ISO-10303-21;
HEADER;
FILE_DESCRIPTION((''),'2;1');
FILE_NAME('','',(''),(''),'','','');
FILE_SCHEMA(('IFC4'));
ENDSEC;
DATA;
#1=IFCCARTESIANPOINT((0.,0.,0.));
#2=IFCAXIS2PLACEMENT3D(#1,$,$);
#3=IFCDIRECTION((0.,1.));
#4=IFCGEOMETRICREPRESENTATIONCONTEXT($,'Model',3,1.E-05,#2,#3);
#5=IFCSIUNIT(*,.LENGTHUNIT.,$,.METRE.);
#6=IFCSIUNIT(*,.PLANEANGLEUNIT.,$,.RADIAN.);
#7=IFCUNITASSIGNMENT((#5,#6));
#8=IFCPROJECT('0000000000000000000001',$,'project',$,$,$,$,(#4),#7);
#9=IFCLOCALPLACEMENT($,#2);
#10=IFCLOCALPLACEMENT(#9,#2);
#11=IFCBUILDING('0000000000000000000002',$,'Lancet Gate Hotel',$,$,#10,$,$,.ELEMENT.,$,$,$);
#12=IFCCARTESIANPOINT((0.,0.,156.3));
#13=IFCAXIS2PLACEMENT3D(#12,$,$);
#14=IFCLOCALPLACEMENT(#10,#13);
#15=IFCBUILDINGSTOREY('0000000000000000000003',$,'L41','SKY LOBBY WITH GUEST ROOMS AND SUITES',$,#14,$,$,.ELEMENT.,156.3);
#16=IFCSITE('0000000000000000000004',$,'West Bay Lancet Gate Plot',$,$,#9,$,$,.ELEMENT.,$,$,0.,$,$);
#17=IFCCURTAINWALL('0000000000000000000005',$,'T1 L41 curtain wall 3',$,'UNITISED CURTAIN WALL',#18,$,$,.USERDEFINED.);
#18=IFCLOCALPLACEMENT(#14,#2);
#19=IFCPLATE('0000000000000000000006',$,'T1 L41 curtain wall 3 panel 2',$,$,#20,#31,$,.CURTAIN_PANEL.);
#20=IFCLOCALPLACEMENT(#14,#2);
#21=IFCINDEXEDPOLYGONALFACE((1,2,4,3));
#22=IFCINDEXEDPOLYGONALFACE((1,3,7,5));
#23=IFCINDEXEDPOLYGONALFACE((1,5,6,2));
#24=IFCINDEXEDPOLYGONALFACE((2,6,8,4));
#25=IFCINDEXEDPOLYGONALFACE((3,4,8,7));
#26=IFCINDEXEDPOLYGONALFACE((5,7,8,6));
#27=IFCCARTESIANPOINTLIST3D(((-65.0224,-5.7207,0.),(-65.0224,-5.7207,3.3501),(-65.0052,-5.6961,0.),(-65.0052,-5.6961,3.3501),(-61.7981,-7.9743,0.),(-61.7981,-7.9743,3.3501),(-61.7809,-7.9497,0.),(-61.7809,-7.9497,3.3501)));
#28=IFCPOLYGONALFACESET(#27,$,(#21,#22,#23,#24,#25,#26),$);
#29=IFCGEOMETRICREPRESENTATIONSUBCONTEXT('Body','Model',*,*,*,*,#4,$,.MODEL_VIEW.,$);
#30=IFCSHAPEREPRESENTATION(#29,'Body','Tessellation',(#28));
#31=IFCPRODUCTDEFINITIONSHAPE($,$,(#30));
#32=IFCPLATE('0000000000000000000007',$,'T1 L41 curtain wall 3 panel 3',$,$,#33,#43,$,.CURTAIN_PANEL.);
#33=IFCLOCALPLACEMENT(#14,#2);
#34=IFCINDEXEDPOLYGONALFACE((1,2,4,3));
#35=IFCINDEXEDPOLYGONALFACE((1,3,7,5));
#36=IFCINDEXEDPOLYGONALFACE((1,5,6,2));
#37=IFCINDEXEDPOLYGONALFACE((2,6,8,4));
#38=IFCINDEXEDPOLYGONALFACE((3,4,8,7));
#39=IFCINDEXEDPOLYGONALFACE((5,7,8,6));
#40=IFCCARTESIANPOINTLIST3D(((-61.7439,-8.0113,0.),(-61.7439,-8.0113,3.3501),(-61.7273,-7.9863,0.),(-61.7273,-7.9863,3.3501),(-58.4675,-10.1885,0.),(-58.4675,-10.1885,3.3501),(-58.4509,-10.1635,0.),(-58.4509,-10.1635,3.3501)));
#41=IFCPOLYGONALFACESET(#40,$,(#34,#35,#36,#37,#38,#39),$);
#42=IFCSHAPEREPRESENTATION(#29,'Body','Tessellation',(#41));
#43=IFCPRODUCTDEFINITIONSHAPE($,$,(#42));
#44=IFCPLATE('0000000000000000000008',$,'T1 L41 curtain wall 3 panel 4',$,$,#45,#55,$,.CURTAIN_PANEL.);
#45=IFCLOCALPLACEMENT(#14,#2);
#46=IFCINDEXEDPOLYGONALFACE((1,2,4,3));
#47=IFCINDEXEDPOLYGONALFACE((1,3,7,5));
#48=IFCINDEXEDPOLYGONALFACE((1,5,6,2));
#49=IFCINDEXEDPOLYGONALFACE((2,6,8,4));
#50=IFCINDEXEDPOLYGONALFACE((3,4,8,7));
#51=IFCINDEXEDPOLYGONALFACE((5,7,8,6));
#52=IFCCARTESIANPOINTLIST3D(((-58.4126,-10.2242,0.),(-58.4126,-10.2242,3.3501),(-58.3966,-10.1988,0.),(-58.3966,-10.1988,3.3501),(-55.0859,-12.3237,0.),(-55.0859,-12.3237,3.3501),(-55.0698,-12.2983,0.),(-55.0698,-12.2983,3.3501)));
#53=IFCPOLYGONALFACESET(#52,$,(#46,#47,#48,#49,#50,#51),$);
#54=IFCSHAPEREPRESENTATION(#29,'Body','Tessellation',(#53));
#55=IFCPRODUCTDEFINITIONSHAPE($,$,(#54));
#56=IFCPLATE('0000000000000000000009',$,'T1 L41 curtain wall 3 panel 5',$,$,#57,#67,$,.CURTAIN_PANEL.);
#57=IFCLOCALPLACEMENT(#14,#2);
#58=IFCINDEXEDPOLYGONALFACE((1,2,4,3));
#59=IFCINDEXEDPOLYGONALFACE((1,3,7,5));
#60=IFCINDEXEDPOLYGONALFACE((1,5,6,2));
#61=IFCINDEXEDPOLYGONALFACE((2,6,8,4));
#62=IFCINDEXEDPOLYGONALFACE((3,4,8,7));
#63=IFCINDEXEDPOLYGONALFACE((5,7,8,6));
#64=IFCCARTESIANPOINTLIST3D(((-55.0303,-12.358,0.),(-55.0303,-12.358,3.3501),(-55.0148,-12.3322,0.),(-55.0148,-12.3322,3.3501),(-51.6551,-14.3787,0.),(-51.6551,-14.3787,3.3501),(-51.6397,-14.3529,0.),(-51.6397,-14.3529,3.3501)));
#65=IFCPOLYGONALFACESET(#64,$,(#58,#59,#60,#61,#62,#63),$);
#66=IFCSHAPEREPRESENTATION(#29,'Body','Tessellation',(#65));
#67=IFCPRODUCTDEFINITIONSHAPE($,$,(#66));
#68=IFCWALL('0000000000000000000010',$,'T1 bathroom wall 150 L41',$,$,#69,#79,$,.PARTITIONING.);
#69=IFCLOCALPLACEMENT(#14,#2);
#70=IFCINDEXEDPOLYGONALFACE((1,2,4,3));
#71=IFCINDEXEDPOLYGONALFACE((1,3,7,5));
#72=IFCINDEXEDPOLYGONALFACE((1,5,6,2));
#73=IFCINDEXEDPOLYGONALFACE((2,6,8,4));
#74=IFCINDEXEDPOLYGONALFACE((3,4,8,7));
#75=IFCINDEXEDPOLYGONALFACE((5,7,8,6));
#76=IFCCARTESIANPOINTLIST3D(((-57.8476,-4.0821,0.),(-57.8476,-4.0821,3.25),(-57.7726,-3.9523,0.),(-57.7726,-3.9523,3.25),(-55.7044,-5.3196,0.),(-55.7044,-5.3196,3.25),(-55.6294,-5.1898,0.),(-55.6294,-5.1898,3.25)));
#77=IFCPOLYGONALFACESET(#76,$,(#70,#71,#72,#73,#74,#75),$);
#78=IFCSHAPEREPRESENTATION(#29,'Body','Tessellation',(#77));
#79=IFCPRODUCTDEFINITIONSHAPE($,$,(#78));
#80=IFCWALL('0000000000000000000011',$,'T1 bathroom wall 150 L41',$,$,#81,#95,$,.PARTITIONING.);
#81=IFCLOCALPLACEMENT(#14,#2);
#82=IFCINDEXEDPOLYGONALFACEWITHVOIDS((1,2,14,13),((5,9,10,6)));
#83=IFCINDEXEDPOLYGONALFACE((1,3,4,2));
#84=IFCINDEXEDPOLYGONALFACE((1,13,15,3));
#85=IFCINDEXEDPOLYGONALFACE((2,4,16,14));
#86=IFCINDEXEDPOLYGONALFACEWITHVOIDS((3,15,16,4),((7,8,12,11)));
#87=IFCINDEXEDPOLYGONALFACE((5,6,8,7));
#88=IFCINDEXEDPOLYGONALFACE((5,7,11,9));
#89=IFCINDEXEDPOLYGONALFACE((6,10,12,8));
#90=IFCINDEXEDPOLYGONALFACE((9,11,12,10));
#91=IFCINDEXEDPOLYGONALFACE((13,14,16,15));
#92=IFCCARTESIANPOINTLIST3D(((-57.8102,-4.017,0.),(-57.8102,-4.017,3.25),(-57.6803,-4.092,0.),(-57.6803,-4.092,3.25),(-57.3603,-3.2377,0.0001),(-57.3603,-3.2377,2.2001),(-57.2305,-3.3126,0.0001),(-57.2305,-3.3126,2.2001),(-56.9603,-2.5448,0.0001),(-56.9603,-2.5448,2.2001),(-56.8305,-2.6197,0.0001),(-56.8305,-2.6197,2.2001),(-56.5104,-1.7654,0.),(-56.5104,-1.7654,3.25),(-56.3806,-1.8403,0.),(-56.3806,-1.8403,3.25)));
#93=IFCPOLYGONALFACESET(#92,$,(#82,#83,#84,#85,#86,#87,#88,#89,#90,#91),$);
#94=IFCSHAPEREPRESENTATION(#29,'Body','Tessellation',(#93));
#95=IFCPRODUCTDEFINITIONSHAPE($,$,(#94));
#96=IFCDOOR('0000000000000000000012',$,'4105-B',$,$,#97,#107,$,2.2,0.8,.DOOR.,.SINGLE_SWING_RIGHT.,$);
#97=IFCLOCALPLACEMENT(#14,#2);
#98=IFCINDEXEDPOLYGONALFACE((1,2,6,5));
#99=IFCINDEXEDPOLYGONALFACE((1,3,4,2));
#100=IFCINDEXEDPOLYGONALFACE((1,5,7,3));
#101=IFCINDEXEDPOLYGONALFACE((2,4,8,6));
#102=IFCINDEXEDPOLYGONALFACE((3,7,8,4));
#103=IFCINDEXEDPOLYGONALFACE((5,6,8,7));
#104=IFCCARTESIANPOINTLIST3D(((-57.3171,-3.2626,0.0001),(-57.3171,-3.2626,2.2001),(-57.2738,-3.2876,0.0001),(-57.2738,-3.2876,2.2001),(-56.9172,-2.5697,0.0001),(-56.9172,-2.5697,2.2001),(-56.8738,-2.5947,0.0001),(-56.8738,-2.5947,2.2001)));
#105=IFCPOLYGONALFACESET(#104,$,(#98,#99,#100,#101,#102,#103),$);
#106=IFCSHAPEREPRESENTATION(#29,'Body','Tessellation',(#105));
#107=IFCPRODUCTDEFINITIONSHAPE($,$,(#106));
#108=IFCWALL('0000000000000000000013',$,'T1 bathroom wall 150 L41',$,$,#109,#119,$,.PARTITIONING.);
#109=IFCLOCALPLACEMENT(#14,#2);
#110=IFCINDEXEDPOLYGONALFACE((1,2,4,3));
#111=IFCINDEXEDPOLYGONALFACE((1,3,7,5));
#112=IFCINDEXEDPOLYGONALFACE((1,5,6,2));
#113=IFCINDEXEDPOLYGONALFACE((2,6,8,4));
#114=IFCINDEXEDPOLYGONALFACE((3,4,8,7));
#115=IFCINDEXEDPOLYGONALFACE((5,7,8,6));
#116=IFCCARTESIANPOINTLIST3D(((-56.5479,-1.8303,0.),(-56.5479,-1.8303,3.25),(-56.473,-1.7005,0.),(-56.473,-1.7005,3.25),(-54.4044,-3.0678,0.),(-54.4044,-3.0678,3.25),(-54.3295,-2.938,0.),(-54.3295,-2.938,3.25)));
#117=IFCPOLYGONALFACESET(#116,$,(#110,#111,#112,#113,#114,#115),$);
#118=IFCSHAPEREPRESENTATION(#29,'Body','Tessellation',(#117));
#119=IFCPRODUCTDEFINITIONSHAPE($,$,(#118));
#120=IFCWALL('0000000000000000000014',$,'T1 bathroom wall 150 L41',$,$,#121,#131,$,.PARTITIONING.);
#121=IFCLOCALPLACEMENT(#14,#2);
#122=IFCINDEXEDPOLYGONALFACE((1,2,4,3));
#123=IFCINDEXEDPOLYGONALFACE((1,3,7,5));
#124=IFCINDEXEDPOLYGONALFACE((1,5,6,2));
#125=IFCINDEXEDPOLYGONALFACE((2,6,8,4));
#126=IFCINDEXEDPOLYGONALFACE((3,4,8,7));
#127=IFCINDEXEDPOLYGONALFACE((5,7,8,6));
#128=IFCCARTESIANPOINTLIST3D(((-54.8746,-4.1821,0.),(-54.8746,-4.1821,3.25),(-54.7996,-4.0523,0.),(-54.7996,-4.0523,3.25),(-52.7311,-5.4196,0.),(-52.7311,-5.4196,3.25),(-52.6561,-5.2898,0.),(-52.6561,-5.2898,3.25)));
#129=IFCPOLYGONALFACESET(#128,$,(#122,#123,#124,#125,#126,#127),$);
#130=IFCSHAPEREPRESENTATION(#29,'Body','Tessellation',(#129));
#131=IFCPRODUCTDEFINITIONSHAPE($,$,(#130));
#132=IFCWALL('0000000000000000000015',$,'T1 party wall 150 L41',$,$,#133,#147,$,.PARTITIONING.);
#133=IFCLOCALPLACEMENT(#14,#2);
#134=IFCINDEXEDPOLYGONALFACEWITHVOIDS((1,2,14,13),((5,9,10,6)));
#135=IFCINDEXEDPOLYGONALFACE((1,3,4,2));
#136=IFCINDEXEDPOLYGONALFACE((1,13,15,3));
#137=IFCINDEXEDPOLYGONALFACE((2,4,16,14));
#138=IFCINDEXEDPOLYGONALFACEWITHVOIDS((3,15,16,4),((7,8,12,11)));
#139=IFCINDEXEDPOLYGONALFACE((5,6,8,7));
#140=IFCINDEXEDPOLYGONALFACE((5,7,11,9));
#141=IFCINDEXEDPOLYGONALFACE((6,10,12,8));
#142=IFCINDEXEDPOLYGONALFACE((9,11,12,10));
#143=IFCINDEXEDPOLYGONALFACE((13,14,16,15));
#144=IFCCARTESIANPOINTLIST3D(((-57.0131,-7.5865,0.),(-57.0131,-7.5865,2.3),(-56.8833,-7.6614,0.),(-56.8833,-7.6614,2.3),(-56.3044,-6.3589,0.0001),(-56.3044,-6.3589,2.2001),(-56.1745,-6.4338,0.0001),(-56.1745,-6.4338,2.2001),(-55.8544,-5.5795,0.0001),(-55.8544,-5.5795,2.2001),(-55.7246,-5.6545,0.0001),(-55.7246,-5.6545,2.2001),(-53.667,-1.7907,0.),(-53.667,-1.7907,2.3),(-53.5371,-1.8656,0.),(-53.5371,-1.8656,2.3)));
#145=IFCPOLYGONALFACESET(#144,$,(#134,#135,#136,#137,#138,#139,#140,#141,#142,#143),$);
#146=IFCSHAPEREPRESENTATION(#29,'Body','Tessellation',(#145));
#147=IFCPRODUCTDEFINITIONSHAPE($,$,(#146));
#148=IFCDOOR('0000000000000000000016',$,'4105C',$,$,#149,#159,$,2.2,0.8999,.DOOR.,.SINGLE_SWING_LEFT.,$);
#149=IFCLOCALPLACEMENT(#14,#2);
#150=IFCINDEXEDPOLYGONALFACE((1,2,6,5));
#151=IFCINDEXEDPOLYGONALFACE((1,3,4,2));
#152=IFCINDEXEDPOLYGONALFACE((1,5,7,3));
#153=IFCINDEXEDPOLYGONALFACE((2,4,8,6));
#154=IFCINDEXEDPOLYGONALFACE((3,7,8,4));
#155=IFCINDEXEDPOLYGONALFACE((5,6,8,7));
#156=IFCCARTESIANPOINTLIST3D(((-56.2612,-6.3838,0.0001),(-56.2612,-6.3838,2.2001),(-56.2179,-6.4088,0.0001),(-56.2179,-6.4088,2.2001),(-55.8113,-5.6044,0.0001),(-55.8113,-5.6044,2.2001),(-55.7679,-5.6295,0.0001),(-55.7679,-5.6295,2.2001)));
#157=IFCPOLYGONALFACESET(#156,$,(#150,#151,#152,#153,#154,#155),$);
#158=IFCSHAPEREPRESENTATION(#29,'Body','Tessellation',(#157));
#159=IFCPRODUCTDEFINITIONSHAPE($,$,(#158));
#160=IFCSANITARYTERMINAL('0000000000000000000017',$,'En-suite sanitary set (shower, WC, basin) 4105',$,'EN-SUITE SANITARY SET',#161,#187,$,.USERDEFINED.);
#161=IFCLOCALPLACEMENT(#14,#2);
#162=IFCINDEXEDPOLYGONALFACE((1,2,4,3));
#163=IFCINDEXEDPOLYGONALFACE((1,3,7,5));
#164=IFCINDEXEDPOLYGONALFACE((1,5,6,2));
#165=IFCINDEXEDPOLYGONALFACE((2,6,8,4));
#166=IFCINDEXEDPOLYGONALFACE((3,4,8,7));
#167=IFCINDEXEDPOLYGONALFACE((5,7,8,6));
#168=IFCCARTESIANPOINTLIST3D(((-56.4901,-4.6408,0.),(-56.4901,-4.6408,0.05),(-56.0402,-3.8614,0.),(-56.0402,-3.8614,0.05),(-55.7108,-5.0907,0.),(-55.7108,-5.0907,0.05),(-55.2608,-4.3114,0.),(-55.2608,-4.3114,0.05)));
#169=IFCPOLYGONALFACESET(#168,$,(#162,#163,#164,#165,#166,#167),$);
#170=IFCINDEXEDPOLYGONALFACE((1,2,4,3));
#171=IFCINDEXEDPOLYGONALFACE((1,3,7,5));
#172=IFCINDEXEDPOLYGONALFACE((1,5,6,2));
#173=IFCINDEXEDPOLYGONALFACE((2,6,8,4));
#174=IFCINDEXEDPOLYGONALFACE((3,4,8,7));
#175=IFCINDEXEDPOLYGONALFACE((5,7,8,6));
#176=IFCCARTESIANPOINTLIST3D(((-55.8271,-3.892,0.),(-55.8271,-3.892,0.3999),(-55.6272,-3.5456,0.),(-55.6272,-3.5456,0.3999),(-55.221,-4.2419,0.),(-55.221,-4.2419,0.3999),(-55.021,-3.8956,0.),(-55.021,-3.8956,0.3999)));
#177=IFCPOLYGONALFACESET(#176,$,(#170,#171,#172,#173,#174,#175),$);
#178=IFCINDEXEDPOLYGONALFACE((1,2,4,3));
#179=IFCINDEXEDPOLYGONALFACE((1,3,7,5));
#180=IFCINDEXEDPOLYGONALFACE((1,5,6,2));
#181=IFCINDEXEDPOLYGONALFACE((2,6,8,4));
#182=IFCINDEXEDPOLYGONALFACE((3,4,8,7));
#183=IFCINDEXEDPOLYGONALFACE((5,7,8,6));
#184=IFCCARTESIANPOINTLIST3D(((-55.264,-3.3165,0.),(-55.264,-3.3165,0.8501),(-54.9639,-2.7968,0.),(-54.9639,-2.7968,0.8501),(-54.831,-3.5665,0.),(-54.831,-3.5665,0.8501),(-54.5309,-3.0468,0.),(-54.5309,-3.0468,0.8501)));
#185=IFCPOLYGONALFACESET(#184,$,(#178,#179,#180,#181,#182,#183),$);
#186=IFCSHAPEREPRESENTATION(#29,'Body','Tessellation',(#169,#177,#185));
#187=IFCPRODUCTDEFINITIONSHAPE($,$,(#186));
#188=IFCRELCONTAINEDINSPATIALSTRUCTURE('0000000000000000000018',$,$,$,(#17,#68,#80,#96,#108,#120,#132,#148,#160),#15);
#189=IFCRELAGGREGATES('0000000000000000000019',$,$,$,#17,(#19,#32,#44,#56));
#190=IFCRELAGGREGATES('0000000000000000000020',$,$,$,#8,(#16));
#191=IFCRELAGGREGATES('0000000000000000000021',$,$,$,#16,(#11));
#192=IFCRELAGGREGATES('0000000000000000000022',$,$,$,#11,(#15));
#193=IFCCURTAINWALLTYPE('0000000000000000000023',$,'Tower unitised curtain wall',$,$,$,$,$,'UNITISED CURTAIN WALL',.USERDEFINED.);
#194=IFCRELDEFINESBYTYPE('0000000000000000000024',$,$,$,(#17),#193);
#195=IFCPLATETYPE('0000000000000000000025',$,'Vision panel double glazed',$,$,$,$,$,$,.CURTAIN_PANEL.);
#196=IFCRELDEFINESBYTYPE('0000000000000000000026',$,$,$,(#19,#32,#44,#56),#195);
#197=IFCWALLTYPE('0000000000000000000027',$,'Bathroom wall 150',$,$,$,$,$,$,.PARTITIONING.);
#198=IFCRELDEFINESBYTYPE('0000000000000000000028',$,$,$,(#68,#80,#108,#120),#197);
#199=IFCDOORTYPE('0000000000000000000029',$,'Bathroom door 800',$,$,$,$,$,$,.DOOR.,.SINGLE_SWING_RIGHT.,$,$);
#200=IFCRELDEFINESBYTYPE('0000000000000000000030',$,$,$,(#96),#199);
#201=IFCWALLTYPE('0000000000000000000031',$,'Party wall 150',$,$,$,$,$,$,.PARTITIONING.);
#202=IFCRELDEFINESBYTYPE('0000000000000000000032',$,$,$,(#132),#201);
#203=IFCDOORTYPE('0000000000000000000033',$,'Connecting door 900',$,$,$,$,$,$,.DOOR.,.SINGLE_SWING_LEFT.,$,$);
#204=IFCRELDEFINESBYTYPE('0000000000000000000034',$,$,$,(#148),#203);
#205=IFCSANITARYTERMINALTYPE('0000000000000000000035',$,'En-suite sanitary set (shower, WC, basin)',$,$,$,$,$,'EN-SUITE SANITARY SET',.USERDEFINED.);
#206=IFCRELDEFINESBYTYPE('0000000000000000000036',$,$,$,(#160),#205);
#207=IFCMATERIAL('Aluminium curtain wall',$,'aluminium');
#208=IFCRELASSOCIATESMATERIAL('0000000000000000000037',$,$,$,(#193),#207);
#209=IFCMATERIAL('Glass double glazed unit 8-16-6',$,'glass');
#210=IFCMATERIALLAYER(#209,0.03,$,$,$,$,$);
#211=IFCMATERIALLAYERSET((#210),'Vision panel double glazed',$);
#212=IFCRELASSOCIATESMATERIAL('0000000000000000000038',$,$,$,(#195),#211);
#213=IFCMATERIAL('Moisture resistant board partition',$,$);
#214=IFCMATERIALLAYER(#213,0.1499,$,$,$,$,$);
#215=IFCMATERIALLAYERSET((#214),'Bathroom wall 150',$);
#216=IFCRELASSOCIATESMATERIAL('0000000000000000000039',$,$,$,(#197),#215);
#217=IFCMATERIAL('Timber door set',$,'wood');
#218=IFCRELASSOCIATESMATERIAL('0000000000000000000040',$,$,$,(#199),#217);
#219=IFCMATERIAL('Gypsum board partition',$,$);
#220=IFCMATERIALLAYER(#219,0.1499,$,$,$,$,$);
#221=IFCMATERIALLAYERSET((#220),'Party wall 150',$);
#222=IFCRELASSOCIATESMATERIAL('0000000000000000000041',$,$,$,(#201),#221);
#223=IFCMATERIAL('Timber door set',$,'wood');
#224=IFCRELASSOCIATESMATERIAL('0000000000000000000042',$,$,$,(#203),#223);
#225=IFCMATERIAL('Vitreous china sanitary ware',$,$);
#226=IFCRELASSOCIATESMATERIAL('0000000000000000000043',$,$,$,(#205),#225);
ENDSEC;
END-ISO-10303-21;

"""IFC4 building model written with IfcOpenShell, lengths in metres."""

from ifc_helpers import new_model, si_unit, direction, frame, frame_2d, origin, origin_2d, place, context, subcontext, project, spatial, rectangle, extrude, material, layer, layer_set, type_object, element, fill, aggregate, save


model = new_model("IFC4")

# Units and contexts
model_context = context("Model", 3, precision=1e-05, world=origin(), true_north=direction((0.0, 1.0)))
body_context = subcontext(model_context, "Body", "Model", "MODEL_VIEW")
ifc_project = project(units=[si_unit("LENGTHUNIT", "METRE"), si_unit("PLANEANGLEUNIT", "RADIAN")], contexts=[model_context])

# Site, building, storey
site_placement = place(None, origin())
site = spatial("IfcSite", under=ifc_project, at=site_placement, Name="West Bay Lancet Gate Plot", CompositionType="ELEMENT", RefElevation=0.0)
building_placement = place(site_placement, origin())
building = spatial("IfcBuilding", under=site, at=building_placement, Name="Lancet Gate Hotel", CompositionType="ELEMENT")
storey_placement = place(building_placement, frame((0.0, 0.0, 156.3)))
storey = spatial("IfcBuildingStorey", under=building, at=storey_placement, Name="L41", Description="SKY LOBBY WITH GUEST ROOMS AND SUITES", CompositionType="ELEMENT", Elevation=156.3)

# Curtain wall
ifc_material_1 = material(Name="Aluminium curtain wall", Category="aluminium")
curtain_wall_type = type_object("IfcCurtainWallType", Name="Tower unitised curtain wall", ElementType="UNITISED CURTAIN WALL", PredefinedType="USERDEFINED", material=ifc_material_1)
curtain_wall_placement = place(storey_placement, origin())
curtain_wall = element("IfcCurtainWall", 1, at=curtain_wall_placement, inside=storey, type_object=curtain_wall_type, Name="T1 L41 curtain wall 3", ObjectType="UNITISED CURTAIN WALL", PredefinedType="USERDEFINED")

# Plates
ifc_material_2 = material(Name="Glass double glazed unit 8-16-6", Category="glass")
ifc_layer_1 = layer(ifc_material_2, 0.03)
ifc_layer_set_1 = layer_set([ifc_layer_1], Name="Vision panel double glazed")
plate_type = type_object("IfcPlateType", Name="Vision panel double glazed", PredefinedType="CURTAIN_PANEL", material=ifc_layer_set_1)
plate_1_placement = place(storey_placement, frame((-63.4016, -6.8352, 0.0), z_axis=(0.0, 0.0, 1.0), x_axis=(0.819631, -0.572892, 0.0)))
plate_1 = element("IfcPlate", 2, at=plate_1_placement, type_object=plate_type, Name="T1 L41 curtain wall 3 panel 2", PredefinedType="CURTAIN_PANEL", context=body_context, shape_type="SweptSolid", body=[
    extrude(rectangle(XDim=3.9338, YDim=0.03, at=origin_2d()), origin(), (0.0, 0.0, 1.0), 3.3501),
])
plate_2_placement = place(storey_placement, frame((-60.0974, -9.0874, 0.0), z_axis=(0.0, 0.0, 1.0), x_axis=(0.832879, -0.553455, 0.0)))
plate_2 = element("IfcPlate", 3, at=plate_2_placement, type_object=plate_type, Name="T1 L41 curtain wall 3 panel 3", PredefinedType="CURTAIN_PANEL", context=body_context, shape_type="SweptSolid", body=[
    extrude(rectangle(XDim=3.9338, YDim=0.03, at=origin_2d()), origin(), (0.0, 0.0, 1.0), 3.3501),
])
plate_3_placement = place(storey_placement, frame((-56.7412, -11.2612, 0.0), z_axis=(0.0, 0.0, 1.0), x_axis=(0.845667, -0.533711, 0.0)))
plate_3 = element("IfcPlate", 4, at=plate_3_placement, type_object=plate_type, Name="T1 L41 curtain wall 3 panel 4", PredefinedType="CURTAIN_PANEL", context=body_context, shape_type="SweptSolid", body=[
    extrude(rectangle(XDim=3.9338, YDim=0.03, at=origin_2d()), origin(), (0.0, 0.0, 1.0), 3.3501),
])
plate_4_placement = place(storey_placement, frame((-53.335, -13.3555, 0.0), z_axis=(0.0, 0.0, 1.0), x_axis=(0.857987, -0.513672, 0.0)))
plate_4 = element("IfcPlate", 5, at=plate_4_placement, type_object=plate_type, Name="T1 L41 curtain wall 3 panel 5", PredefinedType="CURTAIN_PANEL", context=body_context, shape_type="SweptSolid", body=[
    extrude(rectangle(XDim=3.9338, YDim=0.03, at=origin_2d()), origin(), (0.0, 0.0, 1.0), 3.3501),
])
aggregate(curtain_wall, [plate_1, plate_2, plate_3, plate_4])

# Wall
ifc_material_3 = material(Name="Moisture resistant board partition")
ifc_layer_2 = layer(ifc_material_3, 0.1499)
ifc_layer_set_2 = layer_set([ifc_layer_2], Name="Bathroom wall 150")
wall_type_1 = type_object("IfcWallType", Name="Bathroom wall 150", PredefinedType="PARTITIONING", material=ifc_layer_set_2)
wall_1_placement = place(storey_placement, frame((-55.667, -5.2546, 0.0), z_axis=(0.0, 0.0, 1.0), x_axis=(-0.866007, 0.500033, 0.0)))
element("IfcWall", 6, at=wall_1_placement, inside=storey, type_object=wall_type_1, Name="T1 bathroom wall 150 L41", PredefinedType="PARTITIONING", context=body_context, shape_type="SweptSolid", body=[
    extrude(rectangle(XDim=2.4749, YDim=0.1499, at=frame_2d((1.2373, 0.0))), origin(), (0.0, 0.0, 1.0), 3.25),
])

# Wall, opening, door
wall_2_placement = place(storey_placement, frame((-56.4456, -1.803, 0.0), z_axis=(0.0, 0.0, 1.0), x_axis=(-0.499937, -0.866062, 0.0)))
wall_2 = element("IfcWall", 7, at=wall_2_placement, inside=storey, type_object=wall_type_1, Name="T1 bathroom wall 150 L41", PredefinedType="PARTITIONING", context=body_context, shape_type="SweptSolid", body=[
    extrude(rectangle(XDim=2.5999, YDim=0.1499, at=frame_2d((1.2998, 0.0))), origin(), (0.0, 0.0, 1.0), 3.25),
])
opening_1_placement = place(wall_2_placement, frame((0.8999, 0.0, 0.0)))
opening_1 = element("IfcOpeningElement", 8, at=opening_1_placement, cuts=wall_2, PredefinedType="OPENING", context=body_context, shape_type="SweptSolid", body=[
    extrude(rectangle(XDim=0.8, YDim=2.2, at=frame_2d((0.3999, 1.1001))), frame((0.0, 0.085, 0.0), z_axis=(0.0, -1.0, 0.0), x_axis=(1.0, 0.0, 0.0)), (0.0, 0.0, 1.0), 0.1699),
])
ifc_material_4 = material(Name="Timber door set", Category="wood")
door_type_1 = type_object("IfcDoorType", Name="Bathroom door 800", OperationType="SINGLE_SWING_RIGHT", PredefinedType="DOOR", material=ifc_material_4)
door_1_placement = place(opening_1_placement, origin())
door_1 = element("IfcDoor", 9, at=door_1_placement, inside=storey, type_object=door_type_1, Name="4105-B", OperationType="SINGLE_SWING_RIGHT", OverallHeight=2.2, OverallWidth=0.8, PredefinedType="DOOR", context=body_context, shape_type="SweptSolid", body=[
    extrude(rectangle(XDim=0.8, YDim=2.2, at=frame_2d((0.3999, 1.1001))), frame((0.0, 0.0249, 0.0), z_axis=(0.0, -1.0, 0.0), x_axis=(1.0, 0.0, 0.0)), (0.0, 0.0, 1.0), 0.05),
])
fill(opening_1, door_1)

# Walls
for number, where, z_axis, x_axis, name in (
    (10, (-54.3669, -3.0029, 0.0), (0.0, 0.0, 1.0), (-0.866031, 0.49999, 0.0), "T1 bathroom wall 150 L41"),
    (11, (-52.6936, -5.3547, 0.0), (0.0, 0.0, 1.0), (-0.866031, 0.49999, 0.0), "T1 bathroom wall 150 L41"),
):
    element("IfcWall", number, at=place(storey_placement, frame(where, z_axis=z_axis, x_axis=x_axis)), inside=storey, type_object=wall_type_1, Name=name, PredefinedType="PARTITIONING", context=body_context, shape_type="SweptSolid", body=[
        extrude(rectangle(XDim=2.4751, YDim=0.1499, at=frame_2d((1.2375, 0.0))), origin(), (0.0, 0.0, 1.0), 3.25),
    ])

# Wall, opening, door
ifc_material_5 = material(Name="Gypsum board partition")
ifc_layer_3 = layer(ifc_material_5, 0.1499)
ifc_layer_set_3 = layer_set([ifc_layer_3], Name="Party wall 150")
wall_type_2 = type_object("IfcWallType", Name="Party wall 150", PredefinedType="PARTITIONING", material=ifc_layer_set_3)
wall_3_placement = place(storey_placement, frame((-53.6021, -1.8281, 0.0), z_axis=(0.0, 0.0, 1.0), x_axis=(-0.499992, -0.86603, 0.0)))
wall_3 = element("IfcWall", 12, at=wall_3_placement, inside=storey, type_object=wall_type_2, Name="T1 party wall 150 L41", PredefinedType="PARTITIONING", context=body_context, shape_type="SweptSolid", body=[
    extrude(rectangle(XDim=6.6924, YDim=0.1499, at=frame_2d((3.3462, 0.0))), origin(), (0.0, 0.0, 1.0), 2.3),
])
opening_2_placement = place(wall_3_placement, frame((4.375, 0.0, 0.0)))
opening_2 = element("IfcOpeningElement", 13, at=opening_2_placement, cuts=wall_3, PredefinedType="OPENING", context=body_context, shape_type="SweptSolid", body=[
    extrude(rectangle(XDim=0.8999, YDim=2.2, at=frame_2d((0.45, 1.1001))), frame((0.0, 0.085, 0.0), z_axis=(0.0, -1.0, 0.0), x_axis=(1.0, 0.0, 0.0)), (0.0, 0.0, 1.0), 0.1699),
])
ifc_material_6 = material(Name="Timber door set", Category="wood")
door_type_2 = type_object("IfcDoorType", Name="Connecting door 900", OperationType="SINGLE_SWING_LEFT", PredefinedType="DOOR", material=ifc_material_6)
door_2_placement = place(opening_2_placement, origin())
door_2 = element("IfcDoor", 14, at=door_2_placement, inside=storey, type_object=door_type_2, Name="4105C", OperationType="SINGLE_SWING_LEFT", OverallHeight=2.2, OverallWidth=0.8999, PredefinedType="DOOR", context=body_context, shape_type="SweptSolid", body=[
    extrude(rectangle(XDim=0.8999, YDim=2.2, at=frame_2d((0.45, 1.1001))), frame((0.0, 0.0249, 0.0), z_axis=(0.0, -1.0, 0.0), x_axis=(1.0, 0.0, 0.0)), (0.0, 0.0, 1.0), 0.05),
])
fill(opening_2, door_2)

# Sanitary terminal
ifc_material_7 = material(Name="Vitreous china sanitary ware")
sanitary_terminal_type = type_object("IfcSanitaryTerminalType", Name="En-suite sanitary set (shower, WC, basin)", ElementType="EN-SUITE SANITARY SET", PredefinedType="USERDEFINED", material=ifc_material_7)
sanitary_terminal_1_placement = place(storey_placement, frame((-55.8755, -4.4761, 0.0), z_axis=(0.0, 0.0, 1.0), x_axis=(1.0, 0.0, 0.0)))
element("IfcSanitaryTerminal", 15, at=sanitary_terminal_1_placement, inside=storey, type_object=sanitary_terminal_type, Name="En-suite sanitary set (shower, WC, basin) 4105", ObjectType="EN-SUITE SANITARY SET", PredefinedType="USERDEFINED", context=body_context, shape_type="SweptSolid", body=[
    extrude(rectangle(XDim=0.8999, YDim=0.8999, at=origin_2d()), frame((0.0, 0.0, 0.0), z_axis=(0.0, 0.0, 1.0), x_axis=(-0.5, -0.866025, 0.0)), (0.0, 0.0, 1.0), 0.05),
    extrude(rectangle(XDim=0.3999, YDim=0.7, at=origin_2d()), frame((0.4514, 0.5823, 0.0), z_axis=(0.0, 0.0, 1.0), x_axis=(-0.5, -0.866025, 0.0)), (0.0, 0.0, 1.0), 0.3999),
    extrude(rectangle(XDim=0.6001, YDim=0.5, at=origin_2d()), frame((0.978, 1.2944, 0.0), z_axis=(0.0, 0.0, 1.0), x_axis=(-0.5, -0.866025, 0.0)), (0.0, 0.0, 1.0), 0.8501),
])

save(model, "model.ifc")
